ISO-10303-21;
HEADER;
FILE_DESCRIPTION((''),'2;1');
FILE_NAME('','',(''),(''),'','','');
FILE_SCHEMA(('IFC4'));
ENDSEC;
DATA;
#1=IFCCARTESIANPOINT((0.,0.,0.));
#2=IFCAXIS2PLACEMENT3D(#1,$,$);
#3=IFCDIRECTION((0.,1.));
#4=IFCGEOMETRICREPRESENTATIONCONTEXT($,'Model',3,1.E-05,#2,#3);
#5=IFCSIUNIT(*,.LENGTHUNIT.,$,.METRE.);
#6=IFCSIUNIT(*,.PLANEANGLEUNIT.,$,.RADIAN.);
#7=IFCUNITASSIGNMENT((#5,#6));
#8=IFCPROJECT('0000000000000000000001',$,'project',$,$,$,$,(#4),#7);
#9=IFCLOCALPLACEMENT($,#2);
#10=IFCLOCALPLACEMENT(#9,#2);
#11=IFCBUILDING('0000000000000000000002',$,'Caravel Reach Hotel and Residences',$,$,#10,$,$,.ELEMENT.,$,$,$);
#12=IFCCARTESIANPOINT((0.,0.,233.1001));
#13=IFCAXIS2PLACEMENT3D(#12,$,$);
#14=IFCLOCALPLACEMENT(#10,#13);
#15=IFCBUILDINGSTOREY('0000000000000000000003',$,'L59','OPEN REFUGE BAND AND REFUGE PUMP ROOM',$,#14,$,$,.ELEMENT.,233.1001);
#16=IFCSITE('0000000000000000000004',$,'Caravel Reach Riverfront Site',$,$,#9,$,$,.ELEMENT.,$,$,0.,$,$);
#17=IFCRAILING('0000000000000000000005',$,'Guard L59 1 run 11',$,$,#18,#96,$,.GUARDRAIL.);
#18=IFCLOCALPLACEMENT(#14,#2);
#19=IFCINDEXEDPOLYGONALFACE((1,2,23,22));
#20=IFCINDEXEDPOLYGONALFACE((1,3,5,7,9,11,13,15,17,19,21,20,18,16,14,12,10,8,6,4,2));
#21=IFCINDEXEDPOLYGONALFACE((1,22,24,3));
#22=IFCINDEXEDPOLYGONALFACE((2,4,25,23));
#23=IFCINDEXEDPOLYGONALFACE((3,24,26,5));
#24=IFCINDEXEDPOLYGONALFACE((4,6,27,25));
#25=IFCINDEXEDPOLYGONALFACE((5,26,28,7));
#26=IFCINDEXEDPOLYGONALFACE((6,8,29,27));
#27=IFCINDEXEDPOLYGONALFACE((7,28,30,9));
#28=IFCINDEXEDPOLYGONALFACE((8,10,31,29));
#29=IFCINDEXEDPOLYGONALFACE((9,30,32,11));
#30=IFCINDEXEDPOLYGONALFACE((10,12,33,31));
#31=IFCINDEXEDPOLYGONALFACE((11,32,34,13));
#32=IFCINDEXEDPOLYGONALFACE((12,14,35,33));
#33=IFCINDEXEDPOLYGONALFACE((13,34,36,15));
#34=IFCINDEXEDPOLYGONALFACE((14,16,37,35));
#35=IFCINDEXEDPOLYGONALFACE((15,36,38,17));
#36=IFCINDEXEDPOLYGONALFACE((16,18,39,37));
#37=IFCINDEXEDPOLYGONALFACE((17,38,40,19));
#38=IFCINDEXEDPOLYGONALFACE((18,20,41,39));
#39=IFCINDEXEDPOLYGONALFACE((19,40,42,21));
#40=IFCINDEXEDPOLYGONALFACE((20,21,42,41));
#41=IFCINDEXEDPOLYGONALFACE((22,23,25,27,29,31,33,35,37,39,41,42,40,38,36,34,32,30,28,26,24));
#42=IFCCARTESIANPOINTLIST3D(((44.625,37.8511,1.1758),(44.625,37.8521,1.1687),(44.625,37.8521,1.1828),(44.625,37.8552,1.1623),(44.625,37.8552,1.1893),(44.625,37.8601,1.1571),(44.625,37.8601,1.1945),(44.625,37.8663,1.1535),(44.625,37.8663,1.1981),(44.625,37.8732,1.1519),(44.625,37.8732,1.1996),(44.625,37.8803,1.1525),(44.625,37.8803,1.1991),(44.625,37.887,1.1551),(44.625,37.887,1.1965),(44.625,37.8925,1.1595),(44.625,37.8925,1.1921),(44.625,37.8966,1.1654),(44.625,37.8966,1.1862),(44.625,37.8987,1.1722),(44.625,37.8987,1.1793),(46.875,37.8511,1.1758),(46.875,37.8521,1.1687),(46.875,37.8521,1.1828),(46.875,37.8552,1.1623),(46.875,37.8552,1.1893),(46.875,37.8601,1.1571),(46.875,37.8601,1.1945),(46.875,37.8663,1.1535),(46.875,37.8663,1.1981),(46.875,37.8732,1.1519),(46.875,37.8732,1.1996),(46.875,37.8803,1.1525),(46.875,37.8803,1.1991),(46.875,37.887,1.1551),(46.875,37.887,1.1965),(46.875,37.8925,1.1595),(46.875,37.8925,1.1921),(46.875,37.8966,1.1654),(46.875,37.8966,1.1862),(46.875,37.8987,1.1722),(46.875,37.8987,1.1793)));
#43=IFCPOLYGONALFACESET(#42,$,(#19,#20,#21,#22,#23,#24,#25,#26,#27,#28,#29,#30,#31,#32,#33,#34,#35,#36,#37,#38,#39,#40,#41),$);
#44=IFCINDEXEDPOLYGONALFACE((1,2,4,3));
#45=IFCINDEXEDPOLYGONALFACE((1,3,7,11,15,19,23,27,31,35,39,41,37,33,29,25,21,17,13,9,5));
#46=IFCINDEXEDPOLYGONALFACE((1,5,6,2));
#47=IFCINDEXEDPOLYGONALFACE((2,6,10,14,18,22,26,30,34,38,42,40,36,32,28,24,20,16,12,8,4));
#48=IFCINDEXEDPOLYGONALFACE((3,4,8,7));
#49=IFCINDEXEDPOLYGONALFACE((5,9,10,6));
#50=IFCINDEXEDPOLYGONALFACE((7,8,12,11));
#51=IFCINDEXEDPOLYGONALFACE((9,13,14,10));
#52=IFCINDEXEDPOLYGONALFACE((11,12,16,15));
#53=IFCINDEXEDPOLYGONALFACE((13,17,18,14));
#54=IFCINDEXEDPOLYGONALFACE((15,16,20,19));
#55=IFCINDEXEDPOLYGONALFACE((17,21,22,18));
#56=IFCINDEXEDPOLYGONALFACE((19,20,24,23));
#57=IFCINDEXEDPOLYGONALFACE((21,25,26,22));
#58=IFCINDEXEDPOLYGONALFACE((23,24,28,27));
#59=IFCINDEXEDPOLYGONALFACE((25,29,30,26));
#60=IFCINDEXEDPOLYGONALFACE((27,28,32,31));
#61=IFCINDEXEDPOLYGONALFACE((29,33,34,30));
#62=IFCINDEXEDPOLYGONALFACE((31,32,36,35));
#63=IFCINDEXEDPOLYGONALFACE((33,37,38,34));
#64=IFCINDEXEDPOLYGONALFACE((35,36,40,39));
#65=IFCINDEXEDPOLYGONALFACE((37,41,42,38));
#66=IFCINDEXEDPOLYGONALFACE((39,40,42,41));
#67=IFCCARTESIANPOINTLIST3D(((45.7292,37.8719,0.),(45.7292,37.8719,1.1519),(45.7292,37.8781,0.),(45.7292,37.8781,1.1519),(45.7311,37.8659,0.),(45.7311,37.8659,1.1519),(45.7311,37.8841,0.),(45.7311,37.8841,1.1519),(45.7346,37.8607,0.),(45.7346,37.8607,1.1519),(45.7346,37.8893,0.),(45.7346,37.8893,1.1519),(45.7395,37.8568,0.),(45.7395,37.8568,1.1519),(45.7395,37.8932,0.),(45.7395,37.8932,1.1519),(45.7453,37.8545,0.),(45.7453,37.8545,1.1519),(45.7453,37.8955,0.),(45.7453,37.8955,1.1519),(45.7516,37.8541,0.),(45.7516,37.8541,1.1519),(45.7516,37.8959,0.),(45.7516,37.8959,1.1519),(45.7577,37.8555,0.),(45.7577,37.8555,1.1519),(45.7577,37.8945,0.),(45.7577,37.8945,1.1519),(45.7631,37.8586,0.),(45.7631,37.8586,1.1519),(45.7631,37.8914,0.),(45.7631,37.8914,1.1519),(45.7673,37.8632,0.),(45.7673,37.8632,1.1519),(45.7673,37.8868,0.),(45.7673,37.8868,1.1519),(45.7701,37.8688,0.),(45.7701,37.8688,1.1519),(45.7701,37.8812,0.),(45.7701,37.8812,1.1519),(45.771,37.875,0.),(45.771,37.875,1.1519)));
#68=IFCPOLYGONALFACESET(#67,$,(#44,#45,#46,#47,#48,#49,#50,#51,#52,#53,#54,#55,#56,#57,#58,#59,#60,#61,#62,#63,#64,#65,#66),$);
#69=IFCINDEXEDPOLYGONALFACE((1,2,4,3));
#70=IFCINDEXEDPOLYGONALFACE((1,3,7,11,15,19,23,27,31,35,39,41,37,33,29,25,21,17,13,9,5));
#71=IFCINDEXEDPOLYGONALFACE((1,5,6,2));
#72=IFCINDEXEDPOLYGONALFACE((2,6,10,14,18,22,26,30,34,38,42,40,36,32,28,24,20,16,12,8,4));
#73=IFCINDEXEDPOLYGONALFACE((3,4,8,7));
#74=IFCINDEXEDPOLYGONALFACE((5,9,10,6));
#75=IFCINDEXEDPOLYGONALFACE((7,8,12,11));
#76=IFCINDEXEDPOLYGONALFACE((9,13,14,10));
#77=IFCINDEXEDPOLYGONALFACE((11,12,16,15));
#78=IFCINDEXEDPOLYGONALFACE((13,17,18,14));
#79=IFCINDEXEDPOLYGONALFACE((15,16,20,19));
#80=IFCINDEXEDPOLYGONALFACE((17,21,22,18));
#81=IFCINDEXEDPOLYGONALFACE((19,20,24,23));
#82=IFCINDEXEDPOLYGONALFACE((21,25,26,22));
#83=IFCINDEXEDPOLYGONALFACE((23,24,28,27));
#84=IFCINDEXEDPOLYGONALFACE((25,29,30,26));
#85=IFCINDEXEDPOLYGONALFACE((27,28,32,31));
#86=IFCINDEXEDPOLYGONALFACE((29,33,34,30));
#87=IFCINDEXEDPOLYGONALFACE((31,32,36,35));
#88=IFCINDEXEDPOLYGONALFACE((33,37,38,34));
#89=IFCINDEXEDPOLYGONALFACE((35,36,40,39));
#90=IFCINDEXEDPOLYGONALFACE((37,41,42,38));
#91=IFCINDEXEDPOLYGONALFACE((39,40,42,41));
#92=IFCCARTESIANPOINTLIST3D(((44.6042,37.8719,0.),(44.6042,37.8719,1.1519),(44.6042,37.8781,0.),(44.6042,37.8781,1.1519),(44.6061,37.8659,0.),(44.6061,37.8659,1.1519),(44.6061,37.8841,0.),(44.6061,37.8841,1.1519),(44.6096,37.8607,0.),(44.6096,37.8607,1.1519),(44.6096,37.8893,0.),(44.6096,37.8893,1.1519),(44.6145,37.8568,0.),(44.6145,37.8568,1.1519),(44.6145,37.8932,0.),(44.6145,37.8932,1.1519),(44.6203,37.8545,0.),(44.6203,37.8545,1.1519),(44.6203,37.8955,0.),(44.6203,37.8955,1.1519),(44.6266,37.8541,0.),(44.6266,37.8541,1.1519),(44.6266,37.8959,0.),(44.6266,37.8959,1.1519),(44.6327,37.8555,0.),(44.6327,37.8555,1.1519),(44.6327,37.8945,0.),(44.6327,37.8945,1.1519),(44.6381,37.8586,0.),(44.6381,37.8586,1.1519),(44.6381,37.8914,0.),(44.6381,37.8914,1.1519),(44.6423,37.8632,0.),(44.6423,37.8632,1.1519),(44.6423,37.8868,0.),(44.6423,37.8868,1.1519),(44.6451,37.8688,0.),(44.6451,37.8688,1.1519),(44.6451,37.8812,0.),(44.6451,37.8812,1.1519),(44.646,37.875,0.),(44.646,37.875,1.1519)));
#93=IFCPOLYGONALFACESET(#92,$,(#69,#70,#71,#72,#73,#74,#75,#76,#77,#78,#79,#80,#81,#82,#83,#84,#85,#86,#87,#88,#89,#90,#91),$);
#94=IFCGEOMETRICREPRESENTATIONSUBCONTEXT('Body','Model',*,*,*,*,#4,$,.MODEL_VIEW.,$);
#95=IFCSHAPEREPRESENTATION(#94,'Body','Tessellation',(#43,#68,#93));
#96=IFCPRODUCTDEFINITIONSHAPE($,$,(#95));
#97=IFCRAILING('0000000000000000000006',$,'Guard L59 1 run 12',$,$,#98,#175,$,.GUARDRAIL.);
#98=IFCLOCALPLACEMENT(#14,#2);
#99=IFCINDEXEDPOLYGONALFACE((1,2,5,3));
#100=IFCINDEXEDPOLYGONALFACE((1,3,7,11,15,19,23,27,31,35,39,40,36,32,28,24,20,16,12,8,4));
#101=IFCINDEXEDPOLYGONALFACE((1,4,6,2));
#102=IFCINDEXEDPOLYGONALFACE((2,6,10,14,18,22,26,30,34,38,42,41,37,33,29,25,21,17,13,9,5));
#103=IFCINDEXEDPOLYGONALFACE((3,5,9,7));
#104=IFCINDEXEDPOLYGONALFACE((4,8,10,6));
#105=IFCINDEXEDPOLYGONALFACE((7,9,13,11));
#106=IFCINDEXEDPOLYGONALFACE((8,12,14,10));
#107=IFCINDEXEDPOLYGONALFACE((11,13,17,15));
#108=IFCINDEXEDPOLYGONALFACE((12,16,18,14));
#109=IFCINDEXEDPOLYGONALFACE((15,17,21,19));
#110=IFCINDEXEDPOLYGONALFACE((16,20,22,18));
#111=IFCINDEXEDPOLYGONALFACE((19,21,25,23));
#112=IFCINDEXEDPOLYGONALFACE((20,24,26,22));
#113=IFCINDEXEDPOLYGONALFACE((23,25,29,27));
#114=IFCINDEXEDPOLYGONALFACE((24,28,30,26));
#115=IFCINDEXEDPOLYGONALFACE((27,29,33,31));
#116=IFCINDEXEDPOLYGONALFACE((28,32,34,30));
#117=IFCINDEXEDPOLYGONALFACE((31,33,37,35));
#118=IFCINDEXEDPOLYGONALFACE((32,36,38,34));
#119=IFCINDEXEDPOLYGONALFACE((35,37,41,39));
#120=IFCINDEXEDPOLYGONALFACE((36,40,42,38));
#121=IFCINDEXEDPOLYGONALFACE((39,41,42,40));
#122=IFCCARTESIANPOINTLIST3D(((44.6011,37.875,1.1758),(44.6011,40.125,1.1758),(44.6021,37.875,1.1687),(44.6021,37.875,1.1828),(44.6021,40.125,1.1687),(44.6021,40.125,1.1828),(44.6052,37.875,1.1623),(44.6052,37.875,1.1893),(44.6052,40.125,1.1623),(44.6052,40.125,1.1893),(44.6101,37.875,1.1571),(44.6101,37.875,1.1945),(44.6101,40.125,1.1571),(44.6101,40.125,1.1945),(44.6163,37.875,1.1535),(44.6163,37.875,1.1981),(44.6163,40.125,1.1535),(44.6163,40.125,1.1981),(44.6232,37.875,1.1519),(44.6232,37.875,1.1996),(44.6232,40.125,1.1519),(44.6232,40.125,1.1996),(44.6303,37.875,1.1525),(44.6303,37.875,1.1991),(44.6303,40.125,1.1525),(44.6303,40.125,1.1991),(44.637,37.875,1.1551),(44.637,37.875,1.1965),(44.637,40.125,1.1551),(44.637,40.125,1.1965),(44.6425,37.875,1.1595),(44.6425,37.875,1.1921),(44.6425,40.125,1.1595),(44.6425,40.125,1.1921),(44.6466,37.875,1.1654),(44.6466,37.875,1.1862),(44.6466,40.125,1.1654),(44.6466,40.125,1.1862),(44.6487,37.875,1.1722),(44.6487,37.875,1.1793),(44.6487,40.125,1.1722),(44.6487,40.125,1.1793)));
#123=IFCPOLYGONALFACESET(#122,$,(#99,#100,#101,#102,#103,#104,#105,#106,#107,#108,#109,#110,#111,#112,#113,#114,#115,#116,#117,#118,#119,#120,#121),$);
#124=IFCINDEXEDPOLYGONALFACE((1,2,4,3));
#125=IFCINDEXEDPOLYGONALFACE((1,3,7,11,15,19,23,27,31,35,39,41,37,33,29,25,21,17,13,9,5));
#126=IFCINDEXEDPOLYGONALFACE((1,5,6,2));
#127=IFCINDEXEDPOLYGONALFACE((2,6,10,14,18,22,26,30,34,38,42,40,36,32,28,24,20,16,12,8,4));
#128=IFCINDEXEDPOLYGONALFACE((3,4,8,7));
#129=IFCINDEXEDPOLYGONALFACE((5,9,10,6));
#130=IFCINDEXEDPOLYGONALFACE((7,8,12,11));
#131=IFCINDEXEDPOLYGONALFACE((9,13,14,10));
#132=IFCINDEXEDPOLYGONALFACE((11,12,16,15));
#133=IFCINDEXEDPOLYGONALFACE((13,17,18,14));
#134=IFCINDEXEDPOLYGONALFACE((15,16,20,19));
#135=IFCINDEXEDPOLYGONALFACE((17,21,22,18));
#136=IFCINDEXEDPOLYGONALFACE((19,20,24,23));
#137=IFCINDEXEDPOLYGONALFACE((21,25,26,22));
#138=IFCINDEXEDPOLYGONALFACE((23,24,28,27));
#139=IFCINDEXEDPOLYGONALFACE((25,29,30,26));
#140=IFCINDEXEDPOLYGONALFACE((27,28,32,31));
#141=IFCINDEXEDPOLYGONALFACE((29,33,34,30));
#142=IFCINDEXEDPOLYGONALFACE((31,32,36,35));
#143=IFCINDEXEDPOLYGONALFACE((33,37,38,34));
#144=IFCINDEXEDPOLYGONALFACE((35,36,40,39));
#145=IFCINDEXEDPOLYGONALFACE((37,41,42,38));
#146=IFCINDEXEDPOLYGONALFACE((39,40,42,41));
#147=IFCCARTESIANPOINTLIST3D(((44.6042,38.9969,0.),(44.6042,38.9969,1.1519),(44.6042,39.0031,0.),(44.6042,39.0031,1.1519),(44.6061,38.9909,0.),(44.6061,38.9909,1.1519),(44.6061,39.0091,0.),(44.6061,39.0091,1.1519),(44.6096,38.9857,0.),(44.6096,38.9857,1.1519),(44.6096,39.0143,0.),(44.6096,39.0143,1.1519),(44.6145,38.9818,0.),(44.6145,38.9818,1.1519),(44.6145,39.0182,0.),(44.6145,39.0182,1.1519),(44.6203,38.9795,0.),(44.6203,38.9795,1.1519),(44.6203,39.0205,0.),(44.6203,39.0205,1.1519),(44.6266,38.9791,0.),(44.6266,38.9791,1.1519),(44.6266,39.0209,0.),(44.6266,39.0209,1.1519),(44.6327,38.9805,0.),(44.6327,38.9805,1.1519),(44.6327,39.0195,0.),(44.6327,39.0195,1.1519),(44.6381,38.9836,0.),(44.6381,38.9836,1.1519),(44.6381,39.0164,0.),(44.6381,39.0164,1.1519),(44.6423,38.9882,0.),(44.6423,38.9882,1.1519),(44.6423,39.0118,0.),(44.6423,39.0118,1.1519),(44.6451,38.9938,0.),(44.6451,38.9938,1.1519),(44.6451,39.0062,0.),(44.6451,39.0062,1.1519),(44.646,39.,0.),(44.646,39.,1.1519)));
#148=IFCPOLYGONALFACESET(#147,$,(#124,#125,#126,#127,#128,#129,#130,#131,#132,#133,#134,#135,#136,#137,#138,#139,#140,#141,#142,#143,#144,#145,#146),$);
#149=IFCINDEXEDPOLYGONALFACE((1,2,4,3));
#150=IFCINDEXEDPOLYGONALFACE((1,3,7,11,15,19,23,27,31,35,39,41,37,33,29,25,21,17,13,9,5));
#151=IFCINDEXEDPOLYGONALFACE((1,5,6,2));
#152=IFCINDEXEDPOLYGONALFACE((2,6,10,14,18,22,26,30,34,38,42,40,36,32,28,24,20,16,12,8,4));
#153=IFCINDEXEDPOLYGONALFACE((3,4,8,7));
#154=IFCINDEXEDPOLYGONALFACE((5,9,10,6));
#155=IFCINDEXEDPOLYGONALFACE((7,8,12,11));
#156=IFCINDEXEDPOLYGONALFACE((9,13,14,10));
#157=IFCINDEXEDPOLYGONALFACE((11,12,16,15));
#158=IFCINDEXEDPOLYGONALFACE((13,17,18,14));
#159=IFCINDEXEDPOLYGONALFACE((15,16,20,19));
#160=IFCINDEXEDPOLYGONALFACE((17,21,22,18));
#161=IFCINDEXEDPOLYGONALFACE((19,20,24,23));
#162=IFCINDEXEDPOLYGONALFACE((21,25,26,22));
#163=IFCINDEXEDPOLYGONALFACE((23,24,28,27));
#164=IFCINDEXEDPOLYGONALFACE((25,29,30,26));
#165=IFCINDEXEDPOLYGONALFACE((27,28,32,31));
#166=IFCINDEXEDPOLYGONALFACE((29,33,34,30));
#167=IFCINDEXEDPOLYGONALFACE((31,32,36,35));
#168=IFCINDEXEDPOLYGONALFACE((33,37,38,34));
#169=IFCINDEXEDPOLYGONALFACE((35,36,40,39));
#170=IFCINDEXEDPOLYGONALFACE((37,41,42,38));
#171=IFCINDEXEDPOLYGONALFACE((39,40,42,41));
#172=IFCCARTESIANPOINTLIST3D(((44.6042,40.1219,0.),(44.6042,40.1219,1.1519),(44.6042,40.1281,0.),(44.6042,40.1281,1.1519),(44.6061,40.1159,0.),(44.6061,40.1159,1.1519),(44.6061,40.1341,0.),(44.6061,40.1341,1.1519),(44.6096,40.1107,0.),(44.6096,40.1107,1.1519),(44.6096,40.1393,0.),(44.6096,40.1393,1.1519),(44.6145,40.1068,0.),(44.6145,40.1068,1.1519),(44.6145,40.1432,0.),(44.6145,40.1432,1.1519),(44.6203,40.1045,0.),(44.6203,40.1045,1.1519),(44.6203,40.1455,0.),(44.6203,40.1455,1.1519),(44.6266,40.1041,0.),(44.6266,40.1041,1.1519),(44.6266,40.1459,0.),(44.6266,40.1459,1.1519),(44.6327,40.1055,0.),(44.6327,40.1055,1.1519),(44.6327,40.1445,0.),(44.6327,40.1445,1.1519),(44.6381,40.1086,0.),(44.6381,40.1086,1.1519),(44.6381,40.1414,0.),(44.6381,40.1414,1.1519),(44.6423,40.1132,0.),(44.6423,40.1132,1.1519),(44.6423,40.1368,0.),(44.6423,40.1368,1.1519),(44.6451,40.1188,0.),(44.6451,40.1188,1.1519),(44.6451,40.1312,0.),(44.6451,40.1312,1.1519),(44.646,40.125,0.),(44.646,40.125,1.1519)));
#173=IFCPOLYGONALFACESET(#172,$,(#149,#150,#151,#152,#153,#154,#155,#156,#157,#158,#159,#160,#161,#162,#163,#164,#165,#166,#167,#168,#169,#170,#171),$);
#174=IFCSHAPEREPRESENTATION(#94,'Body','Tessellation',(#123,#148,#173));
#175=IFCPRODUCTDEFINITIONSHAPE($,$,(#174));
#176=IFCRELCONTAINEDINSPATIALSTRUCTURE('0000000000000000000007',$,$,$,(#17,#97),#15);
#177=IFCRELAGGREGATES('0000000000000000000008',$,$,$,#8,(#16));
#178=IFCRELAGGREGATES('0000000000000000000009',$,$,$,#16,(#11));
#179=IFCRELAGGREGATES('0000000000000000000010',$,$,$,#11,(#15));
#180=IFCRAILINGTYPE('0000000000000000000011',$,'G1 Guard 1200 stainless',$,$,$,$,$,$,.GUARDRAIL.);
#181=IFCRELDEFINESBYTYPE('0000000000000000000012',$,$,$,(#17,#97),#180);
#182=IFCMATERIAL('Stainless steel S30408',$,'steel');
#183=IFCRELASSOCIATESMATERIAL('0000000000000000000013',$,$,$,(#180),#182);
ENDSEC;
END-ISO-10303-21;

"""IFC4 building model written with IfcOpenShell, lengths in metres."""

from ifc_helpers import new_model, si_unit, direction, frame, origin, origin_2d, place, context, subcontext, project, spatial, circle, extrude, material, type_object, element, save


model = new_model("IFC4")

# Units and contexts
model_context = context("Model", 3, precision=1e-05, world=origin(), true_north=direction((0.0, 1.0)))
body_context = subcontext(model_context, "Body", "Model", "MODEL_VIEW")
ifc_project = project(units=[si_unit("LENGTHUNIT", "METRE"), si_unit("PLANEANGLEUNIT", "RADIAN")], contexts=[model_context])

# Site, building, storey
site_placement = place(None, origin())
site = spatial("IfcSite", under=ifc_project, at=site_placement, Name="Caravel Reach Riverfront Site", CompositionType="ELEMENT", RefElevation=0.0)
building_placement = place(site_placement, origin())
building = spatial("IfcBuilding", under=site, at=building_placement, Name="Caravel Reach Hotel and Residences", CompositionType="ELEMENT")
storey_placement = place(building_placement, frame((0.0, 0.0, 233.1001)))
storey = spatial("IfcBuildingStorey", under=building, at=storey_placement, Name="L59", Description="OPEN REFUGE BAND AND REFUGE PUMP ROOM", CompositionType="ELEMENT", Elevation=233.1001)

# Railings
ifc_material_1 = material(Name="Stainless steel S30408", Category="steel")
railing_type_1 = type_object("IfcRailingType", Name="G1 Guard 1200 stainless", PredefinedType="GUARDRAIL", material=ifc_material_1)
railing_1_placement = place(storey_placement, frame((46.875, 37.875, 0.0)))
element("IfcRailing", 1, at=railing_1_placement, inside=storey, type_object=railing_type_1, Name="Guard L59 1 run 11", PredefinedType="GUARDRAIL", context=body_context, shape_type="SweptSolid", body=[
    extrude(circle(Radius=0.0239, at=origin_2d()), frame((0.0, 0.0, 1.1758), z_axis=(-1.0, 0.0, 0.0), x_axis=(0.0, -1.0, 0.0)), (0.0, 0.0, 1.0), 2.25),
    extrude(circle(Radius=0.021, at=origin_2d()), frame((-1.125, 0.0, 0.0)), (0.0, 0.0, 1.0), 1.1519),
    extrude(circle(Radius=0.021, at=origin_2d()), frame((-2.25, 0.0, 0.0)), (0.0, 0.0, 1.0), 1.1519),
])
railing_2_placement = place(storey_placement, frame((44.625, 37.875, 0.0)))
element("IfcRailing", 2, at=railing_2_placement, inside=storey, type_object=railing_type_1, Name="Guard L59 1 run 12", PredefinedType="GUARDRAIL", context=body_context, shape_type="SweptSolid", body=[
    extrude(circle(Radius=0.0239, at=origin_2d()), frame((0.0, 0.0, 1.1758), z_axis=(0.0, 1.0, 0.0), x_axis=(-1.0, 0.0, 0.0)), (0.0, 0.0, 1.0), 2.25),
    extrude(circle(Radius=0.021, at=origin_2d()), frame((0.0, 1.125, 0.0)), (0.0, 0.0, 1.0), 1.1519),
    extrude(circle(Radius=0.021, at=origin_2d()), frame((0.0, 2.25, 0.0)), (0.0, 0.0, 1.0), 1.1519),
])

save(model, "model.ifc")
